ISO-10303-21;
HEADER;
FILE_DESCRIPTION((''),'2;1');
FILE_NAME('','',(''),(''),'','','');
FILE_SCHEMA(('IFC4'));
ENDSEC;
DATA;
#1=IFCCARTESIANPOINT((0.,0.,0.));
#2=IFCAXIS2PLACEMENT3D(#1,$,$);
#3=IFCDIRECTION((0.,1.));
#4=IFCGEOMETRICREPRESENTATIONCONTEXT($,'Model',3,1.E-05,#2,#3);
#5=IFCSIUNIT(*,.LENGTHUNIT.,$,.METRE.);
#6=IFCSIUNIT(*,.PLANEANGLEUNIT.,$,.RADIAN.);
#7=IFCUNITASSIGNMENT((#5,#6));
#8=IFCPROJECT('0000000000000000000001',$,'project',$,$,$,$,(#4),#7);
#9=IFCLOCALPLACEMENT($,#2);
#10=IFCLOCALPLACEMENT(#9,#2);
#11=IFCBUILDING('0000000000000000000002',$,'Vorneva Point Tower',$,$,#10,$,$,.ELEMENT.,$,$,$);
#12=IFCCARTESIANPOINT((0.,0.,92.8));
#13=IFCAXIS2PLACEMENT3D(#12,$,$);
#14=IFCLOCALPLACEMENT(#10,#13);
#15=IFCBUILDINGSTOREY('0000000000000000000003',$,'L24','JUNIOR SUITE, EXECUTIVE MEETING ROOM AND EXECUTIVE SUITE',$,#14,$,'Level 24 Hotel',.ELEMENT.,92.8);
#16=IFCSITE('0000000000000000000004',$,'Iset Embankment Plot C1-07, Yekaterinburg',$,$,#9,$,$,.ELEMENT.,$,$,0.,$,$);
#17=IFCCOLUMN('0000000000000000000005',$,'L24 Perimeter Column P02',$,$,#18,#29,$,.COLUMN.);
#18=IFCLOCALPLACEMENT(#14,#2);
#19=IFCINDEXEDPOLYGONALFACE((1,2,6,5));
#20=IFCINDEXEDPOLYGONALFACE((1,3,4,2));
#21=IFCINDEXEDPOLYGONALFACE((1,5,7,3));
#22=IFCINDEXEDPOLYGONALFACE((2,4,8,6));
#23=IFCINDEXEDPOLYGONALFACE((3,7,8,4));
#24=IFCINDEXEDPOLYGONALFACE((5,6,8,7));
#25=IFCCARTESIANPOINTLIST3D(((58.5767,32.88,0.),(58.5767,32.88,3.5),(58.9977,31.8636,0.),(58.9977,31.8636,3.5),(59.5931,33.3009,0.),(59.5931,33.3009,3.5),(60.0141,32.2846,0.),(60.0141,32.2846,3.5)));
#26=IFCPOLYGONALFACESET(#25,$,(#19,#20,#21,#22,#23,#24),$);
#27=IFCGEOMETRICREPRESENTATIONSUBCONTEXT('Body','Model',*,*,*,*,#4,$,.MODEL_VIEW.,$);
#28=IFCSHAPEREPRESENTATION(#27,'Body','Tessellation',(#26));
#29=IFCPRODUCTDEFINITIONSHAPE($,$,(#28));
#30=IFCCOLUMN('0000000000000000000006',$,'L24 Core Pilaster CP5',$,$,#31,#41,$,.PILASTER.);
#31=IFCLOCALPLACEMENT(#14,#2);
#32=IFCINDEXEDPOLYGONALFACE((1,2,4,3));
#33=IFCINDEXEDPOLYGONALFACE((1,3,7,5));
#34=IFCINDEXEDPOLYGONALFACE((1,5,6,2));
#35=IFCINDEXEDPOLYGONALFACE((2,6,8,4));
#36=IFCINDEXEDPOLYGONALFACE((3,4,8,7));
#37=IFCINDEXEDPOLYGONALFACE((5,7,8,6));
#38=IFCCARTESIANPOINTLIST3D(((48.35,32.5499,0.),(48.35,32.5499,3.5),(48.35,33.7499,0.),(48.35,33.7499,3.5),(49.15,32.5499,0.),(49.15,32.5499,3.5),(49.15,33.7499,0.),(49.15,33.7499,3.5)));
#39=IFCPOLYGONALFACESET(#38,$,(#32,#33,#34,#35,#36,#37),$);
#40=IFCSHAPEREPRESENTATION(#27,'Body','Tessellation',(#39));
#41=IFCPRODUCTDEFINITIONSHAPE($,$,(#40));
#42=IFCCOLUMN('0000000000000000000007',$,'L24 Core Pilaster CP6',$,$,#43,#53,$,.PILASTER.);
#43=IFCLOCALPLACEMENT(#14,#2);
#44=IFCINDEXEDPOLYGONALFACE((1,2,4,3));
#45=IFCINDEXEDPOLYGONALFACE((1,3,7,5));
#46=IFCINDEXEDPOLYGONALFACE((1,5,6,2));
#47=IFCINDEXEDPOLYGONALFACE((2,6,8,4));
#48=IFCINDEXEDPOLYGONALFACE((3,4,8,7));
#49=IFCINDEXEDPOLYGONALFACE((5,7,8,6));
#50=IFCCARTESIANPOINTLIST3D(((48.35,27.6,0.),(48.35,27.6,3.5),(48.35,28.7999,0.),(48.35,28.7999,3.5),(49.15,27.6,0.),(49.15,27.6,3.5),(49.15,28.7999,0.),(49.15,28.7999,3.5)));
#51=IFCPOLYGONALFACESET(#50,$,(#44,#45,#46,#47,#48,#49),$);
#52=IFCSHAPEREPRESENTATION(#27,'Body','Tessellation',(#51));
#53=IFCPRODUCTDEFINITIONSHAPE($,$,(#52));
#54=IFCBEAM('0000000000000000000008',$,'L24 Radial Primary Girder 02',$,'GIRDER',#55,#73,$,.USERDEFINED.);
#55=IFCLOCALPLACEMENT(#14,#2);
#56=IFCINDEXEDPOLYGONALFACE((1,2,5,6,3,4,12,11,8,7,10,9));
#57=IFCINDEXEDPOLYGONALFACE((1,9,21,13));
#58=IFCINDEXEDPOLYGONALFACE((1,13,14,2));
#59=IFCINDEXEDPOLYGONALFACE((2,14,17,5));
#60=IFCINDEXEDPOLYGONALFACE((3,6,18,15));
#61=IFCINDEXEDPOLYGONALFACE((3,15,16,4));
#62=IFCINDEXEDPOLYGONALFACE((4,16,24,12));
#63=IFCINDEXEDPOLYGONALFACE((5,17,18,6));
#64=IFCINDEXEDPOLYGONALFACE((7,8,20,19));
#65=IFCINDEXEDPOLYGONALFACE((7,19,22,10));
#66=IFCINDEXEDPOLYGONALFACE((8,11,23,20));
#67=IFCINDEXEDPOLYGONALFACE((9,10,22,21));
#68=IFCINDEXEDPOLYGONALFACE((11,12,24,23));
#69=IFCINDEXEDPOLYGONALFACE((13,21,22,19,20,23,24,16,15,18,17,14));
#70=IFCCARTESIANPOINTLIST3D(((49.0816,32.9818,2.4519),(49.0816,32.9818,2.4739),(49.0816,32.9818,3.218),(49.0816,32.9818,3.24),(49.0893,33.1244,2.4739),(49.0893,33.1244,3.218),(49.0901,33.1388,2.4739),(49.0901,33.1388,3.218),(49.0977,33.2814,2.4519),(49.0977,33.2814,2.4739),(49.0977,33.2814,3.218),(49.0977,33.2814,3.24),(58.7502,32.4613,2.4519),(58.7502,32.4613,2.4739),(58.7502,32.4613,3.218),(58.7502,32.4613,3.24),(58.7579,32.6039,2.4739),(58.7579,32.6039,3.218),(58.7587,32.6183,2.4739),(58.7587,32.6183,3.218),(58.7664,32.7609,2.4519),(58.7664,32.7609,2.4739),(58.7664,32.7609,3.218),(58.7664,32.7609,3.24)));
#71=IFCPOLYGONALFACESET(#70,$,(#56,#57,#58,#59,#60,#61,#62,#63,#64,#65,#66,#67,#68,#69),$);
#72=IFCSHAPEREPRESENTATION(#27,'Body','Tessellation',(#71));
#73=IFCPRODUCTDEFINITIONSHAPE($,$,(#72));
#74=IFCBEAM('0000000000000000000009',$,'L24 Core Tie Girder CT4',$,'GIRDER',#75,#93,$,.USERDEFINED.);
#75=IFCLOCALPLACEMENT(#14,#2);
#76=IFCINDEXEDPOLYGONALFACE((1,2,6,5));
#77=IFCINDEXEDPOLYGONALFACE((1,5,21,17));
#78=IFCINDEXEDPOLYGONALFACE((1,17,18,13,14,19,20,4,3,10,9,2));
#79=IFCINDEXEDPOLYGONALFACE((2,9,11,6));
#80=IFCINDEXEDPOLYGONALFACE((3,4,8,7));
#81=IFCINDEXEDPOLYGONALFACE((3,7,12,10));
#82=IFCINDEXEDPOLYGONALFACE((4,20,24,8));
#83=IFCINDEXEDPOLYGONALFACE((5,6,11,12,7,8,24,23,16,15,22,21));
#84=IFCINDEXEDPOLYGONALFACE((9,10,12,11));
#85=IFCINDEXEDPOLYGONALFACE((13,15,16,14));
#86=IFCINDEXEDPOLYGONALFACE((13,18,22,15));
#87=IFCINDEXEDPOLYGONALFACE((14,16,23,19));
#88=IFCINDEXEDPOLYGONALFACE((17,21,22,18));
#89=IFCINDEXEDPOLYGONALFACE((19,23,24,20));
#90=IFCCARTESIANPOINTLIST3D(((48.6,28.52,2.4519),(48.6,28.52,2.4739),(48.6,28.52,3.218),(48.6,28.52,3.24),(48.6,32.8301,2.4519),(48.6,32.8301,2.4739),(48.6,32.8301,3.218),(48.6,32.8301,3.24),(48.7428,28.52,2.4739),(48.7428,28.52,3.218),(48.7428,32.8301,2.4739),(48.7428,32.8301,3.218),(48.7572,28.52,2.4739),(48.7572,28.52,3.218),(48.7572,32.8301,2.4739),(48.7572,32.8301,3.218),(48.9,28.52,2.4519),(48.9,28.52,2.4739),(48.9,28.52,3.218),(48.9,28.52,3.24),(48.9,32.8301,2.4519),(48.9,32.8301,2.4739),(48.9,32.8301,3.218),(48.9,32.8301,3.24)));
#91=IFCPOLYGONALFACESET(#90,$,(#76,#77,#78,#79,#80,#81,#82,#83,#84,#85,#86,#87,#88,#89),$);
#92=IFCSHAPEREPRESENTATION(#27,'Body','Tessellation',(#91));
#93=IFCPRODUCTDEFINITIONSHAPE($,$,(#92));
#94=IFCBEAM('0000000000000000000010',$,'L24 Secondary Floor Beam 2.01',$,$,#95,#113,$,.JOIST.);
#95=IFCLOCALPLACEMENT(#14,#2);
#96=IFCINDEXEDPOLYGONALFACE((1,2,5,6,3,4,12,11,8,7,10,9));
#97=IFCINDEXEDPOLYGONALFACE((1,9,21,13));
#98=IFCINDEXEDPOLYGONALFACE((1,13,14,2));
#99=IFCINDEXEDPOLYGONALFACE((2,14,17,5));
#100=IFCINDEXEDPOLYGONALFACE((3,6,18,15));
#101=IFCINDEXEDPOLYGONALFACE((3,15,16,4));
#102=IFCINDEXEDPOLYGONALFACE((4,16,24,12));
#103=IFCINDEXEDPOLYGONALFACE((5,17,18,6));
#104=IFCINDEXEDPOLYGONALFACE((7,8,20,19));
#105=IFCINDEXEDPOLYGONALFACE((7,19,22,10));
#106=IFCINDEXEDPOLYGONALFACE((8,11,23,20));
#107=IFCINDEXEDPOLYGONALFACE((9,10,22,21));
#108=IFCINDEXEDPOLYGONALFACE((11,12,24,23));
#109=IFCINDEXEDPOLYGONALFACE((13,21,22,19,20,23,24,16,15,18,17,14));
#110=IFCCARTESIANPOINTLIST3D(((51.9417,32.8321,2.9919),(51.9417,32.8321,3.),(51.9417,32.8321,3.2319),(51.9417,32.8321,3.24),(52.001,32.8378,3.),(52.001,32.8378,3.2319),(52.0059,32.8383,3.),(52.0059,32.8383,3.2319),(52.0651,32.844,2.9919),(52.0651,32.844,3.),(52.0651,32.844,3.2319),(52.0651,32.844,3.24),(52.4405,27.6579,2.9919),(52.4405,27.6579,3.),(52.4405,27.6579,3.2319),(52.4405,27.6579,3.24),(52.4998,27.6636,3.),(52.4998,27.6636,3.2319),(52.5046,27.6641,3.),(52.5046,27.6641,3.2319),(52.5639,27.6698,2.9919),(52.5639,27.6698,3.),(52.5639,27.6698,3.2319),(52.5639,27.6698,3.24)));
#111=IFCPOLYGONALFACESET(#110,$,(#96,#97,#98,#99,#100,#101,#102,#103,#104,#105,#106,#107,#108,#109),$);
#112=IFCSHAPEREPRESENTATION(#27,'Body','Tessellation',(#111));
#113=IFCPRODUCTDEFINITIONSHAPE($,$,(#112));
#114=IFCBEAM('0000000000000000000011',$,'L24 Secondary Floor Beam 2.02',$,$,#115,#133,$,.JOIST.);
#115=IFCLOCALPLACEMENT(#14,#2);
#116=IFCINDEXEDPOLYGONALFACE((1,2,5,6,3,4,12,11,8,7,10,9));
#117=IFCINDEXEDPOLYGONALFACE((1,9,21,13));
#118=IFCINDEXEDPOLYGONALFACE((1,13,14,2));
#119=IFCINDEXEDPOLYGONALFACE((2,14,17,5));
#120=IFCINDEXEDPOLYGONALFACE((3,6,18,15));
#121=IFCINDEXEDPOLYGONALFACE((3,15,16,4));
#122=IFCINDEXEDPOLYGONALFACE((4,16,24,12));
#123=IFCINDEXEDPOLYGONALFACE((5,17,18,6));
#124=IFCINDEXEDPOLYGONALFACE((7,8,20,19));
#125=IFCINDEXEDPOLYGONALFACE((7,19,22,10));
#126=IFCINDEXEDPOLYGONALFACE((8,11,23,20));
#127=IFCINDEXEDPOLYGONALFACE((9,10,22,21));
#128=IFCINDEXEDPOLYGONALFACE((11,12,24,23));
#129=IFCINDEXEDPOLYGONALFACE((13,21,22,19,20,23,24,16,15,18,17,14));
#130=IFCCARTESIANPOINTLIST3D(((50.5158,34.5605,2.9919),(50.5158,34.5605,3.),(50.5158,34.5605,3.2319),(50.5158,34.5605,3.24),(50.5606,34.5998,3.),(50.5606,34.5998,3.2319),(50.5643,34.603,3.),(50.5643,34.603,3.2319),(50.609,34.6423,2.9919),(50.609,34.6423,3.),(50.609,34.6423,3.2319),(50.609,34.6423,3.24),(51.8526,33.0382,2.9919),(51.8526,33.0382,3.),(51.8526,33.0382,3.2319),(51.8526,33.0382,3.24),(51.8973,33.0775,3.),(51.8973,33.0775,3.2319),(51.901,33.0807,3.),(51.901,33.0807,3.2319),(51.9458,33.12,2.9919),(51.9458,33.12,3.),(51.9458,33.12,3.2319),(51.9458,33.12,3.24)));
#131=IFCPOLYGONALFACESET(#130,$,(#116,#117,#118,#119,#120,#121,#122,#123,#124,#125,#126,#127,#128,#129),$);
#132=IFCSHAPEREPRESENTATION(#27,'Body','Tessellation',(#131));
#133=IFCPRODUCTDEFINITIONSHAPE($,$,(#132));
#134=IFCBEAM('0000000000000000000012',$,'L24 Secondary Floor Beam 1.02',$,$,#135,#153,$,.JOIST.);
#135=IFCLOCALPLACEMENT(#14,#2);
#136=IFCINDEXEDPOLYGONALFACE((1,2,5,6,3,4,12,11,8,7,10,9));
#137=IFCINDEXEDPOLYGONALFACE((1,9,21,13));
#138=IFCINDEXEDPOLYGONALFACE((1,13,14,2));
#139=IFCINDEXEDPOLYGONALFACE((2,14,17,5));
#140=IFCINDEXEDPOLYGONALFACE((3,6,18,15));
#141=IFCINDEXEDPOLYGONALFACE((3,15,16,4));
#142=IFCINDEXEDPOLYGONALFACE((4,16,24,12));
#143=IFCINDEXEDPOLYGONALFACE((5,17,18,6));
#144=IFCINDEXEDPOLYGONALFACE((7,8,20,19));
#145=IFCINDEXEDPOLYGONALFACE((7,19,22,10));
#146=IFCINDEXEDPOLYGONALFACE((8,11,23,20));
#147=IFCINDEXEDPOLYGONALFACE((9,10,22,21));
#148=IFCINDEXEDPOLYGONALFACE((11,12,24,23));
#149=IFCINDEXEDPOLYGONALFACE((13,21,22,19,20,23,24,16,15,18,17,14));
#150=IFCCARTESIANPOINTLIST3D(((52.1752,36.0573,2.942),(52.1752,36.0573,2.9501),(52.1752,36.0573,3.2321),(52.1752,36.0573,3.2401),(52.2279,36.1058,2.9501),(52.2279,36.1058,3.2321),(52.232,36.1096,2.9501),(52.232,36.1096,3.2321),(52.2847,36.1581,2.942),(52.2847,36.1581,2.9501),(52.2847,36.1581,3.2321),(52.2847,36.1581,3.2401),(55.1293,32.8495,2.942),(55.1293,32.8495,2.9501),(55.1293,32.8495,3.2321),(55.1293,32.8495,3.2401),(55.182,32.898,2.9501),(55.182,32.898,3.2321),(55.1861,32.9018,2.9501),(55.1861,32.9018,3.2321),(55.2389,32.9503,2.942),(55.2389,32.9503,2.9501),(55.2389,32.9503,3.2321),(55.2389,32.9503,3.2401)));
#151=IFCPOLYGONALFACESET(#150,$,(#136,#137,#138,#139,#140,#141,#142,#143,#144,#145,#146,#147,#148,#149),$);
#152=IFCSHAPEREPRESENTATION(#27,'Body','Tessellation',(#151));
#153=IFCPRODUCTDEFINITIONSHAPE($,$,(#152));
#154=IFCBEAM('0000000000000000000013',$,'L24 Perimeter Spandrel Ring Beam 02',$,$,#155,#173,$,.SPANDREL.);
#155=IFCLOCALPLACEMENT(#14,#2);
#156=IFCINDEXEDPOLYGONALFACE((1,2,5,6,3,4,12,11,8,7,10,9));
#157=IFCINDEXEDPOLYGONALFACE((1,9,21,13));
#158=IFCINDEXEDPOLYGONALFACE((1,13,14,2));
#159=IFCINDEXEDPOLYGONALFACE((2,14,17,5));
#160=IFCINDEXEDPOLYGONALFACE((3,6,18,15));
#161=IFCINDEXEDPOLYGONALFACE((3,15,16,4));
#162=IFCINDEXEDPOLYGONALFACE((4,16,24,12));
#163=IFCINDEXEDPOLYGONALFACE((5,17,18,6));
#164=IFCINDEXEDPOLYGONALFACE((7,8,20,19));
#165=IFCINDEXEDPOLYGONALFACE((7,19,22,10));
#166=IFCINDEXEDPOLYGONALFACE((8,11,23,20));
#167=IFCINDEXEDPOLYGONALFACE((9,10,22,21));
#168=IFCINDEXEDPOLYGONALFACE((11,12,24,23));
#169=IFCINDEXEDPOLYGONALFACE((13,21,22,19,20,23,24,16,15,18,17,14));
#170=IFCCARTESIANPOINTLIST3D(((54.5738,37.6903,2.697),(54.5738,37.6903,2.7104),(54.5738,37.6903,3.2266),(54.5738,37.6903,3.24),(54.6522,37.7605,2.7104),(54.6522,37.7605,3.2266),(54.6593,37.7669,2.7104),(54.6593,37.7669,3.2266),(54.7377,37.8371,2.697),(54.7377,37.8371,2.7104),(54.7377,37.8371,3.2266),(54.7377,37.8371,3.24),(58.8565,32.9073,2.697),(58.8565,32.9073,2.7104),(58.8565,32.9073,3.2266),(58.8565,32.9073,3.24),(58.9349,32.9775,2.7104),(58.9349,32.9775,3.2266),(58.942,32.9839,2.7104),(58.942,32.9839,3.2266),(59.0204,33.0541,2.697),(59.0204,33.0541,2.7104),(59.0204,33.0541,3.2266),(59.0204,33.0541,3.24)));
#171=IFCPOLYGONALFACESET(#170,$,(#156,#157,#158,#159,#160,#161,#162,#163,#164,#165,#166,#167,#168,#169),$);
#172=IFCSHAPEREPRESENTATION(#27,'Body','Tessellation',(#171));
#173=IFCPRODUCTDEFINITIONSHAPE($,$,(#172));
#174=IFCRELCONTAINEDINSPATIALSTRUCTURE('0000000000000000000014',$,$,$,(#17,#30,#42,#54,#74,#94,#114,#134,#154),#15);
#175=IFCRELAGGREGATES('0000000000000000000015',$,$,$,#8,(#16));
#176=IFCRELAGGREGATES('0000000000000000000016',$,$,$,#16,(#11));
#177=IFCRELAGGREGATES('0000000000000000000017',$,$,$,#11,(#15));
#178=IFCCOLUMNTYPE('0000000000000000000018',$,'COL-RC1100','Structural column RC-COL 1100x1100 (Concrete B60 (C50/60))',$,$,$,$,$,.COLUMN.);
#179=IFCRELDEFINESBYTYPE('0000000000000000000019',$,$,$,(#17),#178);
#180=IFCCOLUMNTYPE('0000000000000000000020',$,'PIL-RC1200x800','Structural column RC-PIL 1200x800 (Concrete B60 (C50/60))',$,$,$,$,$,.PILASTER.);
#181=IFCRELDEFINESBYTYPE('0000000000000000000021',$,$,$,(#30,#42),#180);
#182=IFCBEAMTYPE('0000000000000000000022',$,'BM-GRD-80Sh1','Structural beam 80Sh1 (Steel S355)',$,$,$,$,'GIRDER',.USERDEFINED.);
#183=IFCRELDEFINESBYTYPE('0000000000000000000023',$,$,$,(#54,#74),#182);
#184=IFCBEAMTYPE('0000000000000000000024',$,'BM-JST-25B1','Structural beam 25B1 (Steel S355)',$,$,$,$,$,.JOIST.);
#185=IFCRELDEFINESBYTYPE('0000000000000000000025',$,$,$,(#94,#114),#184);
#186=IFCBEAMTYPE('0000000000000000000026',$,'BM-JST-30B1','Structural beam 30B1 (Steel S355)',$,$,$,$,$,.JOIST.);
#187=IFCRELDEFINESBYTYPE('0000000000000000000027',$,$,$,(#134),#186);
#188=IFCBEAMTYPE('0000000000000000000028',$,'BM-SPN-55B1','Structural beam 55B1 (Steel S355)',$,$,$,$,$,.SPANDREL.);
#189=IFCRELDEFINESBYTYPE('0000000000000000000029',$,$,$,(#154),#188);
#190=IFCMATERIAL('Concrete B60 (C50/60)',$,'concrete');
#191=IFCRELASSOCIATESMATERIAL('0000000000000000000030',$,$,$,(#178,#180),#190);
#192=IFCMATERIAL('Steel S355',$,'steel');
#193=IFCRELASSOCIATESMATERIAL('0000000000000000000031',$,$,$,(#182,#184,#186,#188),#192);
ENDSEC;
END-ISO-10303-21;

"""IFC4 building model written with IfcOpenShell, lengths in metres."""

from ifc_helpers import new_model, si_unit, direction, frame, origin, origin_2d, place, context, subcontext, project, spatial, rectangle, i_section, extrude, material, material_profile, profile_set, type_object, element, save


model = new_model("IFC4")

# Units and contexts
model_context = context("Model", 3, precision=1e-05, world=origin(), true_north=direction((0.0, 1.0)))
body_context = subcontext(model_context, "Body", "Model", "MODEL_VIEW")
ifc_project = project(units=[si_unit("LENGTHUNIT", "METRE"), si_unit("PLANEANGLEUNIT", "RADIAN")], contexts=[model_context])

# Site, building, storey
site_placement = place(None, origin())
site = spatial("IfcSite", under=ifc_project, at=site_placement, Name="Iset Embankment Plot C1-07, Yekaterinburg", CompositionType="ELEMENT", RefElevation=0.0)
building_placement = place(site_placement, origin())
building = spatial("IfcBuilding", under=site, at=building_placement, Name="Vorneva Point Tower", CompositionType="ELEMENT")
storey_placement = place(building_placement, frame((0.0, 0.0, 92.8)))
storey = spatial("IfcBuildingStorey", under=building, at=storey_placement, Name="L24", Description="JUNIOR SUITE, EXECUTIVE MEETING ROOM AND EXECUTIVE SUITE", LongName="Level 24 Hotel", CompositionType="ELEMENT", Elevation=92.8)

# Columns
ifc_material_1 = material(Name="Concrete B60 (C50/60)", Category="concrete")
ifc_material_profile_1 = material_profile(ifc_material_1, rectangle(XDim=1.1001, YDim=1.1001, at=origin_2d()), Name="RC-COL 1100x1100")
ifc_profile_set_1 = profile_set([ifc_material_profile_1], Name="Concrete B60 (C50/60)")
column_type_1 = type_object("IfcColumnType", Name="COL-RC1100", Description="Structural column RC-COL 1100x1100 (Concrete B60 (C50/60))", PredefinedType="COLUMN", material=ifc_profile_set_1)
column_placement = place(storey_placement, frame((59.2954, 32.5823, 0.0), z_axis=(0.0, 0.0, 1.0), x_axis=(0.92388, 0.382683, 0.0)))
element("IfcColumn", 1, at=column_placement, inside=storey, type_object=column_type_1, Name="L24 Perimeter Column P02", PredefinedType="COLUMN", context=body_context, shape_type="SweptSolid", body=[
    extrude(rectangle(XDim=1.1001, YDim=1.1001, at=origin_2d()), origin(), (0.0, 0.0, 1.0), 3.5),
])
ifc_material_profile_2 = material_profile(ifc_material_1, rectangle(XDim=0.8, YDim=1.2, at=origin_2d()), Name="RC-PIL 1200x800")
ifc_profile_set_2 = profile_set([ifc_material_profile_2], Name="Concrete B60 (C50/60)")
column_type_2 = type_object("IfcColumnType", Name="PIL-RC1200x800", Description="Structural column RC-PIL 1200x800 (Concrete B60 (C50/60))", PredefinedType="PILASTER", material=ifc_profile_set_2)
for number, where, z_axis, x_axis, name in (
    (2, (48.75, 33.1499, 0.0), (0.0, 0.0, 1.0), (1.0, 0.0, 0.0), "L24 Core Pilaster CP5"),
    (3, (48.75, 28.2, 0.0), (0.0, 0.0, 1.0), (1.0, 0.0, 0.0), "L24 Core Pilaster CP6"),
):
    element("IfcColumn", number, at=place(storey_placement, frame(where, z_axis=z_axis, x_axis=x_axis)), inside=storey, type_object=column_type_2, Name=name, PredefinedType="PILASTER", context=body_context, shape_type="SweptSolid", body=[
        extrude(rectangle(XDim=0.8, YDim=1.2, at=origin_2d()), origin(), (0.0, 0.0, 1.0), 3.5),
    ])

# Beams
ifc_material_2 = material(Name="Steel S355", Category="steel")
ifc_material_profile_3 = material_profile(ifc_material_2, i_section(OverallWidth=0.3, OverallDepth=0.7881, WebThickness=0.0144, FlangeThickness=0.022, at=origin_2d()), Name="80Sh1")
ifc_profile_set_3 = profile_set([ifc_material_profile_3], Name="Steel S355")
beam_type_1 = type_object("IfcBeamType", Name="BM-GRD-80Sh1", Description="Structural beam 80Sh1 (Steel S355)", ElementType="GIRDER", PredefinedType="USERDEFINED", material=ifc_profile_set_3)
beam_1_placement = place(storey_placement, frame((58.7583, 32.6111, 2.8459), z_axis=(-0.998554, 0.053756, 0.0), x_axis=(-0.053756, -0.998554, 0.0)))
element("IfcBeam", 4, at=beam_1_placement, inside=storey, type_object=beam_type_1, Name="L24 Radial Primary Girder 02", ObjectType="GIRDER", PredefinedType="USERDEFINED", context=body_context, shape_type="SweptSolid", body=[
    extrude(i_section(OverallWidth=0.3, OverallDepth=0.7881, WebThickness=0.0144, FlangeThickness=0.022, at=origin_2d()), origin(), (0.0, 0.0, 1.0), 9.6826),
])
beam_2_placement = place(storey_placement, frame((48.75, 28.52, 2.8459), z_axis=(0.0, 1.0, 0.0), x_axis=(-1.0, 0.0, 0.0)))
element("IfcBeam", 5, at=beam_2_placement, inside=storey, type_object=beam_type_1, Name="L24 Core Tie Girder CT4", ObjectType="GIRDER", PredefinedType="USERDEFINED", context=body_context, shape_type="SweptSolid", body=[
    extrude(i_section(OverallWidth=0.3, OverallDepth=0.7881, WebThickness=0.0144, FlangeThickness=0.022, at=origin_2d()), origin(), (0.0, 0.0, 1.0), 4.3101),
])
ifc_material_profile_4 = material_profile(ifc_material_2, i_section(OverallWidth=0.124, OverallDepth=0.248, WebThickness=0.0049, FlangeThickness=0.0081, at=origin_2d()), Name="25B1")
ifc_profile_set_4 = profile_set([ifc_material_profile_4], Name="Steel S355")
beam_type_2 = type_object("IfcBeamType", Name="BM-JST-25B1", Description="Structural beam 25B1 (Steel S355)", PredefinedType="JOIST", material=ifc_profile_set_4)
beam_3_placement = place(storey_placement, frame((52.5022, 27.6638, 3.116), z_axis=(-0.09595, 0.995386, 0.0), x_axis=(-0.995386, -0.09595, 0.0)))
element("IfcBeam", 6, at=beam_3_placement, inside=storey, type_object=beam_type_2, Name="L24 Secondary Floor Beam 2.01", PredefinedType="JOIST", context=body_context, shape_type="SweptSolid", body=[
    extrude(i_section(OverallWidth=0.124, OverallDepth=0.248, WebThickness=0.0049, FlangeThickness=0.0081, at=origin_2d()), origin(), (0.0, 0.0, 1.0), 5.1982),
])
beam_4_placement = place(storey_placement, frame((51.8992, 33.0791, 3.116), z_axis=(-0.659826, 0.751418, 0.0), x_axis=(-0.751418, -0.659826, 0.0)))
element("IfcBeam", 7, at=beam_4_placement, inside=storey, type_object=beam_type_2, Name="L24 Secondary Floor Beam 2.02", PredefinedType="JOIST", context=body_context, shape_type="SweptSolid", body=[
    extrude(i_section(OverallWidth=0.124, OverallDepth=0.248, WebThickness=0.0049, FlangeThickness=0.0081, at=origin_2d()), origin(), (0.0, 0.0, 1.0), 2.0259),
])
ifc_material_profile_5 = material_profile(ifc_material_2, i_section(OverallWidth=0.1489, OverallDepth=0.2981, WebThickness=0.0056, FlangeThickness=0.0081, at=origin_2d()), Name="30B1")
ifc_profile_set_5 = profile_set([ifc_material_profile_5], Name="Steel S355")
beam_type_3 = type_object("IfcBeamType", Name="BM-JST-30B1", Description="Structural beam 30B1 (Steel S355)", PredefinedType="JOIST", material=ifc_profile_set_5)
beam_5_placement = place(storey_placement, frame((55.1841, 32.8999, 3.0911), z_axis=(-0.677424, 0.735593, 0.0), x_axis=(-0.735593, -0.677424, 0.0)))
element("IfcBeam", 8, at=beam_5_placement, inside=storey, type_object=beam_type_3, Name="L24 Secondary Floor Beam 1.02", PredefinedType="JOIST", context=body_context, shape_type="SweptSolid", body=[
    extrude(i_section(OverallWidth=0.1489, OverallDepth=0.2981, WebThickness=0.0056, FlangeThickness=0.0081, at=origin_2d()), origin(), (0.0, 0.0, 1.0), 4.3608),
])
ifc_material_profile_6 = material_profile(ifc_material_2, i_section(OverallWidth=0.22, OverallDepth=0.543, WebThickness=0.0095, FlangeThickness=0.0134, at=origin_2d()), Name="55B1")
ifc_profile_set_6 = profile_set([ifc_material_profile_6], Name="Steel S355")
beam_type_4 = type_object("IfcBeamType", Name="BM-SPN-55B1", Description="Structural beam 55B1 (Steel S355)", PredefinedType="SPANDREL", material=ifc_profile_set_6)
beam_6_placement = place(storey_placement, frame((58.9385, 32.9807, 2.9685), z_axis=(-0.667074, 0.744992, 0.0), x_axis=(-0.744992, -0.667074, 0.0)))
element("IfcBeam", 9, at=beam_6_placement, inside=storey, type_object=beam_type_4, Name="L24 Perimeter Spandrel Ring Beam 02", PredefinedType="SPANDREL", context=body_context, shape_type="SweptSolid", body=[
    extrude(i_section(OverallWidth=0.22, OverallDepth=0.543, WebThickness=0.0095, FlangeThickness=0.0134, at=origin_2d()), origin(), (0.0, 0.0, 1.0), 6.4202),
])

save(model, "model.ifc")
